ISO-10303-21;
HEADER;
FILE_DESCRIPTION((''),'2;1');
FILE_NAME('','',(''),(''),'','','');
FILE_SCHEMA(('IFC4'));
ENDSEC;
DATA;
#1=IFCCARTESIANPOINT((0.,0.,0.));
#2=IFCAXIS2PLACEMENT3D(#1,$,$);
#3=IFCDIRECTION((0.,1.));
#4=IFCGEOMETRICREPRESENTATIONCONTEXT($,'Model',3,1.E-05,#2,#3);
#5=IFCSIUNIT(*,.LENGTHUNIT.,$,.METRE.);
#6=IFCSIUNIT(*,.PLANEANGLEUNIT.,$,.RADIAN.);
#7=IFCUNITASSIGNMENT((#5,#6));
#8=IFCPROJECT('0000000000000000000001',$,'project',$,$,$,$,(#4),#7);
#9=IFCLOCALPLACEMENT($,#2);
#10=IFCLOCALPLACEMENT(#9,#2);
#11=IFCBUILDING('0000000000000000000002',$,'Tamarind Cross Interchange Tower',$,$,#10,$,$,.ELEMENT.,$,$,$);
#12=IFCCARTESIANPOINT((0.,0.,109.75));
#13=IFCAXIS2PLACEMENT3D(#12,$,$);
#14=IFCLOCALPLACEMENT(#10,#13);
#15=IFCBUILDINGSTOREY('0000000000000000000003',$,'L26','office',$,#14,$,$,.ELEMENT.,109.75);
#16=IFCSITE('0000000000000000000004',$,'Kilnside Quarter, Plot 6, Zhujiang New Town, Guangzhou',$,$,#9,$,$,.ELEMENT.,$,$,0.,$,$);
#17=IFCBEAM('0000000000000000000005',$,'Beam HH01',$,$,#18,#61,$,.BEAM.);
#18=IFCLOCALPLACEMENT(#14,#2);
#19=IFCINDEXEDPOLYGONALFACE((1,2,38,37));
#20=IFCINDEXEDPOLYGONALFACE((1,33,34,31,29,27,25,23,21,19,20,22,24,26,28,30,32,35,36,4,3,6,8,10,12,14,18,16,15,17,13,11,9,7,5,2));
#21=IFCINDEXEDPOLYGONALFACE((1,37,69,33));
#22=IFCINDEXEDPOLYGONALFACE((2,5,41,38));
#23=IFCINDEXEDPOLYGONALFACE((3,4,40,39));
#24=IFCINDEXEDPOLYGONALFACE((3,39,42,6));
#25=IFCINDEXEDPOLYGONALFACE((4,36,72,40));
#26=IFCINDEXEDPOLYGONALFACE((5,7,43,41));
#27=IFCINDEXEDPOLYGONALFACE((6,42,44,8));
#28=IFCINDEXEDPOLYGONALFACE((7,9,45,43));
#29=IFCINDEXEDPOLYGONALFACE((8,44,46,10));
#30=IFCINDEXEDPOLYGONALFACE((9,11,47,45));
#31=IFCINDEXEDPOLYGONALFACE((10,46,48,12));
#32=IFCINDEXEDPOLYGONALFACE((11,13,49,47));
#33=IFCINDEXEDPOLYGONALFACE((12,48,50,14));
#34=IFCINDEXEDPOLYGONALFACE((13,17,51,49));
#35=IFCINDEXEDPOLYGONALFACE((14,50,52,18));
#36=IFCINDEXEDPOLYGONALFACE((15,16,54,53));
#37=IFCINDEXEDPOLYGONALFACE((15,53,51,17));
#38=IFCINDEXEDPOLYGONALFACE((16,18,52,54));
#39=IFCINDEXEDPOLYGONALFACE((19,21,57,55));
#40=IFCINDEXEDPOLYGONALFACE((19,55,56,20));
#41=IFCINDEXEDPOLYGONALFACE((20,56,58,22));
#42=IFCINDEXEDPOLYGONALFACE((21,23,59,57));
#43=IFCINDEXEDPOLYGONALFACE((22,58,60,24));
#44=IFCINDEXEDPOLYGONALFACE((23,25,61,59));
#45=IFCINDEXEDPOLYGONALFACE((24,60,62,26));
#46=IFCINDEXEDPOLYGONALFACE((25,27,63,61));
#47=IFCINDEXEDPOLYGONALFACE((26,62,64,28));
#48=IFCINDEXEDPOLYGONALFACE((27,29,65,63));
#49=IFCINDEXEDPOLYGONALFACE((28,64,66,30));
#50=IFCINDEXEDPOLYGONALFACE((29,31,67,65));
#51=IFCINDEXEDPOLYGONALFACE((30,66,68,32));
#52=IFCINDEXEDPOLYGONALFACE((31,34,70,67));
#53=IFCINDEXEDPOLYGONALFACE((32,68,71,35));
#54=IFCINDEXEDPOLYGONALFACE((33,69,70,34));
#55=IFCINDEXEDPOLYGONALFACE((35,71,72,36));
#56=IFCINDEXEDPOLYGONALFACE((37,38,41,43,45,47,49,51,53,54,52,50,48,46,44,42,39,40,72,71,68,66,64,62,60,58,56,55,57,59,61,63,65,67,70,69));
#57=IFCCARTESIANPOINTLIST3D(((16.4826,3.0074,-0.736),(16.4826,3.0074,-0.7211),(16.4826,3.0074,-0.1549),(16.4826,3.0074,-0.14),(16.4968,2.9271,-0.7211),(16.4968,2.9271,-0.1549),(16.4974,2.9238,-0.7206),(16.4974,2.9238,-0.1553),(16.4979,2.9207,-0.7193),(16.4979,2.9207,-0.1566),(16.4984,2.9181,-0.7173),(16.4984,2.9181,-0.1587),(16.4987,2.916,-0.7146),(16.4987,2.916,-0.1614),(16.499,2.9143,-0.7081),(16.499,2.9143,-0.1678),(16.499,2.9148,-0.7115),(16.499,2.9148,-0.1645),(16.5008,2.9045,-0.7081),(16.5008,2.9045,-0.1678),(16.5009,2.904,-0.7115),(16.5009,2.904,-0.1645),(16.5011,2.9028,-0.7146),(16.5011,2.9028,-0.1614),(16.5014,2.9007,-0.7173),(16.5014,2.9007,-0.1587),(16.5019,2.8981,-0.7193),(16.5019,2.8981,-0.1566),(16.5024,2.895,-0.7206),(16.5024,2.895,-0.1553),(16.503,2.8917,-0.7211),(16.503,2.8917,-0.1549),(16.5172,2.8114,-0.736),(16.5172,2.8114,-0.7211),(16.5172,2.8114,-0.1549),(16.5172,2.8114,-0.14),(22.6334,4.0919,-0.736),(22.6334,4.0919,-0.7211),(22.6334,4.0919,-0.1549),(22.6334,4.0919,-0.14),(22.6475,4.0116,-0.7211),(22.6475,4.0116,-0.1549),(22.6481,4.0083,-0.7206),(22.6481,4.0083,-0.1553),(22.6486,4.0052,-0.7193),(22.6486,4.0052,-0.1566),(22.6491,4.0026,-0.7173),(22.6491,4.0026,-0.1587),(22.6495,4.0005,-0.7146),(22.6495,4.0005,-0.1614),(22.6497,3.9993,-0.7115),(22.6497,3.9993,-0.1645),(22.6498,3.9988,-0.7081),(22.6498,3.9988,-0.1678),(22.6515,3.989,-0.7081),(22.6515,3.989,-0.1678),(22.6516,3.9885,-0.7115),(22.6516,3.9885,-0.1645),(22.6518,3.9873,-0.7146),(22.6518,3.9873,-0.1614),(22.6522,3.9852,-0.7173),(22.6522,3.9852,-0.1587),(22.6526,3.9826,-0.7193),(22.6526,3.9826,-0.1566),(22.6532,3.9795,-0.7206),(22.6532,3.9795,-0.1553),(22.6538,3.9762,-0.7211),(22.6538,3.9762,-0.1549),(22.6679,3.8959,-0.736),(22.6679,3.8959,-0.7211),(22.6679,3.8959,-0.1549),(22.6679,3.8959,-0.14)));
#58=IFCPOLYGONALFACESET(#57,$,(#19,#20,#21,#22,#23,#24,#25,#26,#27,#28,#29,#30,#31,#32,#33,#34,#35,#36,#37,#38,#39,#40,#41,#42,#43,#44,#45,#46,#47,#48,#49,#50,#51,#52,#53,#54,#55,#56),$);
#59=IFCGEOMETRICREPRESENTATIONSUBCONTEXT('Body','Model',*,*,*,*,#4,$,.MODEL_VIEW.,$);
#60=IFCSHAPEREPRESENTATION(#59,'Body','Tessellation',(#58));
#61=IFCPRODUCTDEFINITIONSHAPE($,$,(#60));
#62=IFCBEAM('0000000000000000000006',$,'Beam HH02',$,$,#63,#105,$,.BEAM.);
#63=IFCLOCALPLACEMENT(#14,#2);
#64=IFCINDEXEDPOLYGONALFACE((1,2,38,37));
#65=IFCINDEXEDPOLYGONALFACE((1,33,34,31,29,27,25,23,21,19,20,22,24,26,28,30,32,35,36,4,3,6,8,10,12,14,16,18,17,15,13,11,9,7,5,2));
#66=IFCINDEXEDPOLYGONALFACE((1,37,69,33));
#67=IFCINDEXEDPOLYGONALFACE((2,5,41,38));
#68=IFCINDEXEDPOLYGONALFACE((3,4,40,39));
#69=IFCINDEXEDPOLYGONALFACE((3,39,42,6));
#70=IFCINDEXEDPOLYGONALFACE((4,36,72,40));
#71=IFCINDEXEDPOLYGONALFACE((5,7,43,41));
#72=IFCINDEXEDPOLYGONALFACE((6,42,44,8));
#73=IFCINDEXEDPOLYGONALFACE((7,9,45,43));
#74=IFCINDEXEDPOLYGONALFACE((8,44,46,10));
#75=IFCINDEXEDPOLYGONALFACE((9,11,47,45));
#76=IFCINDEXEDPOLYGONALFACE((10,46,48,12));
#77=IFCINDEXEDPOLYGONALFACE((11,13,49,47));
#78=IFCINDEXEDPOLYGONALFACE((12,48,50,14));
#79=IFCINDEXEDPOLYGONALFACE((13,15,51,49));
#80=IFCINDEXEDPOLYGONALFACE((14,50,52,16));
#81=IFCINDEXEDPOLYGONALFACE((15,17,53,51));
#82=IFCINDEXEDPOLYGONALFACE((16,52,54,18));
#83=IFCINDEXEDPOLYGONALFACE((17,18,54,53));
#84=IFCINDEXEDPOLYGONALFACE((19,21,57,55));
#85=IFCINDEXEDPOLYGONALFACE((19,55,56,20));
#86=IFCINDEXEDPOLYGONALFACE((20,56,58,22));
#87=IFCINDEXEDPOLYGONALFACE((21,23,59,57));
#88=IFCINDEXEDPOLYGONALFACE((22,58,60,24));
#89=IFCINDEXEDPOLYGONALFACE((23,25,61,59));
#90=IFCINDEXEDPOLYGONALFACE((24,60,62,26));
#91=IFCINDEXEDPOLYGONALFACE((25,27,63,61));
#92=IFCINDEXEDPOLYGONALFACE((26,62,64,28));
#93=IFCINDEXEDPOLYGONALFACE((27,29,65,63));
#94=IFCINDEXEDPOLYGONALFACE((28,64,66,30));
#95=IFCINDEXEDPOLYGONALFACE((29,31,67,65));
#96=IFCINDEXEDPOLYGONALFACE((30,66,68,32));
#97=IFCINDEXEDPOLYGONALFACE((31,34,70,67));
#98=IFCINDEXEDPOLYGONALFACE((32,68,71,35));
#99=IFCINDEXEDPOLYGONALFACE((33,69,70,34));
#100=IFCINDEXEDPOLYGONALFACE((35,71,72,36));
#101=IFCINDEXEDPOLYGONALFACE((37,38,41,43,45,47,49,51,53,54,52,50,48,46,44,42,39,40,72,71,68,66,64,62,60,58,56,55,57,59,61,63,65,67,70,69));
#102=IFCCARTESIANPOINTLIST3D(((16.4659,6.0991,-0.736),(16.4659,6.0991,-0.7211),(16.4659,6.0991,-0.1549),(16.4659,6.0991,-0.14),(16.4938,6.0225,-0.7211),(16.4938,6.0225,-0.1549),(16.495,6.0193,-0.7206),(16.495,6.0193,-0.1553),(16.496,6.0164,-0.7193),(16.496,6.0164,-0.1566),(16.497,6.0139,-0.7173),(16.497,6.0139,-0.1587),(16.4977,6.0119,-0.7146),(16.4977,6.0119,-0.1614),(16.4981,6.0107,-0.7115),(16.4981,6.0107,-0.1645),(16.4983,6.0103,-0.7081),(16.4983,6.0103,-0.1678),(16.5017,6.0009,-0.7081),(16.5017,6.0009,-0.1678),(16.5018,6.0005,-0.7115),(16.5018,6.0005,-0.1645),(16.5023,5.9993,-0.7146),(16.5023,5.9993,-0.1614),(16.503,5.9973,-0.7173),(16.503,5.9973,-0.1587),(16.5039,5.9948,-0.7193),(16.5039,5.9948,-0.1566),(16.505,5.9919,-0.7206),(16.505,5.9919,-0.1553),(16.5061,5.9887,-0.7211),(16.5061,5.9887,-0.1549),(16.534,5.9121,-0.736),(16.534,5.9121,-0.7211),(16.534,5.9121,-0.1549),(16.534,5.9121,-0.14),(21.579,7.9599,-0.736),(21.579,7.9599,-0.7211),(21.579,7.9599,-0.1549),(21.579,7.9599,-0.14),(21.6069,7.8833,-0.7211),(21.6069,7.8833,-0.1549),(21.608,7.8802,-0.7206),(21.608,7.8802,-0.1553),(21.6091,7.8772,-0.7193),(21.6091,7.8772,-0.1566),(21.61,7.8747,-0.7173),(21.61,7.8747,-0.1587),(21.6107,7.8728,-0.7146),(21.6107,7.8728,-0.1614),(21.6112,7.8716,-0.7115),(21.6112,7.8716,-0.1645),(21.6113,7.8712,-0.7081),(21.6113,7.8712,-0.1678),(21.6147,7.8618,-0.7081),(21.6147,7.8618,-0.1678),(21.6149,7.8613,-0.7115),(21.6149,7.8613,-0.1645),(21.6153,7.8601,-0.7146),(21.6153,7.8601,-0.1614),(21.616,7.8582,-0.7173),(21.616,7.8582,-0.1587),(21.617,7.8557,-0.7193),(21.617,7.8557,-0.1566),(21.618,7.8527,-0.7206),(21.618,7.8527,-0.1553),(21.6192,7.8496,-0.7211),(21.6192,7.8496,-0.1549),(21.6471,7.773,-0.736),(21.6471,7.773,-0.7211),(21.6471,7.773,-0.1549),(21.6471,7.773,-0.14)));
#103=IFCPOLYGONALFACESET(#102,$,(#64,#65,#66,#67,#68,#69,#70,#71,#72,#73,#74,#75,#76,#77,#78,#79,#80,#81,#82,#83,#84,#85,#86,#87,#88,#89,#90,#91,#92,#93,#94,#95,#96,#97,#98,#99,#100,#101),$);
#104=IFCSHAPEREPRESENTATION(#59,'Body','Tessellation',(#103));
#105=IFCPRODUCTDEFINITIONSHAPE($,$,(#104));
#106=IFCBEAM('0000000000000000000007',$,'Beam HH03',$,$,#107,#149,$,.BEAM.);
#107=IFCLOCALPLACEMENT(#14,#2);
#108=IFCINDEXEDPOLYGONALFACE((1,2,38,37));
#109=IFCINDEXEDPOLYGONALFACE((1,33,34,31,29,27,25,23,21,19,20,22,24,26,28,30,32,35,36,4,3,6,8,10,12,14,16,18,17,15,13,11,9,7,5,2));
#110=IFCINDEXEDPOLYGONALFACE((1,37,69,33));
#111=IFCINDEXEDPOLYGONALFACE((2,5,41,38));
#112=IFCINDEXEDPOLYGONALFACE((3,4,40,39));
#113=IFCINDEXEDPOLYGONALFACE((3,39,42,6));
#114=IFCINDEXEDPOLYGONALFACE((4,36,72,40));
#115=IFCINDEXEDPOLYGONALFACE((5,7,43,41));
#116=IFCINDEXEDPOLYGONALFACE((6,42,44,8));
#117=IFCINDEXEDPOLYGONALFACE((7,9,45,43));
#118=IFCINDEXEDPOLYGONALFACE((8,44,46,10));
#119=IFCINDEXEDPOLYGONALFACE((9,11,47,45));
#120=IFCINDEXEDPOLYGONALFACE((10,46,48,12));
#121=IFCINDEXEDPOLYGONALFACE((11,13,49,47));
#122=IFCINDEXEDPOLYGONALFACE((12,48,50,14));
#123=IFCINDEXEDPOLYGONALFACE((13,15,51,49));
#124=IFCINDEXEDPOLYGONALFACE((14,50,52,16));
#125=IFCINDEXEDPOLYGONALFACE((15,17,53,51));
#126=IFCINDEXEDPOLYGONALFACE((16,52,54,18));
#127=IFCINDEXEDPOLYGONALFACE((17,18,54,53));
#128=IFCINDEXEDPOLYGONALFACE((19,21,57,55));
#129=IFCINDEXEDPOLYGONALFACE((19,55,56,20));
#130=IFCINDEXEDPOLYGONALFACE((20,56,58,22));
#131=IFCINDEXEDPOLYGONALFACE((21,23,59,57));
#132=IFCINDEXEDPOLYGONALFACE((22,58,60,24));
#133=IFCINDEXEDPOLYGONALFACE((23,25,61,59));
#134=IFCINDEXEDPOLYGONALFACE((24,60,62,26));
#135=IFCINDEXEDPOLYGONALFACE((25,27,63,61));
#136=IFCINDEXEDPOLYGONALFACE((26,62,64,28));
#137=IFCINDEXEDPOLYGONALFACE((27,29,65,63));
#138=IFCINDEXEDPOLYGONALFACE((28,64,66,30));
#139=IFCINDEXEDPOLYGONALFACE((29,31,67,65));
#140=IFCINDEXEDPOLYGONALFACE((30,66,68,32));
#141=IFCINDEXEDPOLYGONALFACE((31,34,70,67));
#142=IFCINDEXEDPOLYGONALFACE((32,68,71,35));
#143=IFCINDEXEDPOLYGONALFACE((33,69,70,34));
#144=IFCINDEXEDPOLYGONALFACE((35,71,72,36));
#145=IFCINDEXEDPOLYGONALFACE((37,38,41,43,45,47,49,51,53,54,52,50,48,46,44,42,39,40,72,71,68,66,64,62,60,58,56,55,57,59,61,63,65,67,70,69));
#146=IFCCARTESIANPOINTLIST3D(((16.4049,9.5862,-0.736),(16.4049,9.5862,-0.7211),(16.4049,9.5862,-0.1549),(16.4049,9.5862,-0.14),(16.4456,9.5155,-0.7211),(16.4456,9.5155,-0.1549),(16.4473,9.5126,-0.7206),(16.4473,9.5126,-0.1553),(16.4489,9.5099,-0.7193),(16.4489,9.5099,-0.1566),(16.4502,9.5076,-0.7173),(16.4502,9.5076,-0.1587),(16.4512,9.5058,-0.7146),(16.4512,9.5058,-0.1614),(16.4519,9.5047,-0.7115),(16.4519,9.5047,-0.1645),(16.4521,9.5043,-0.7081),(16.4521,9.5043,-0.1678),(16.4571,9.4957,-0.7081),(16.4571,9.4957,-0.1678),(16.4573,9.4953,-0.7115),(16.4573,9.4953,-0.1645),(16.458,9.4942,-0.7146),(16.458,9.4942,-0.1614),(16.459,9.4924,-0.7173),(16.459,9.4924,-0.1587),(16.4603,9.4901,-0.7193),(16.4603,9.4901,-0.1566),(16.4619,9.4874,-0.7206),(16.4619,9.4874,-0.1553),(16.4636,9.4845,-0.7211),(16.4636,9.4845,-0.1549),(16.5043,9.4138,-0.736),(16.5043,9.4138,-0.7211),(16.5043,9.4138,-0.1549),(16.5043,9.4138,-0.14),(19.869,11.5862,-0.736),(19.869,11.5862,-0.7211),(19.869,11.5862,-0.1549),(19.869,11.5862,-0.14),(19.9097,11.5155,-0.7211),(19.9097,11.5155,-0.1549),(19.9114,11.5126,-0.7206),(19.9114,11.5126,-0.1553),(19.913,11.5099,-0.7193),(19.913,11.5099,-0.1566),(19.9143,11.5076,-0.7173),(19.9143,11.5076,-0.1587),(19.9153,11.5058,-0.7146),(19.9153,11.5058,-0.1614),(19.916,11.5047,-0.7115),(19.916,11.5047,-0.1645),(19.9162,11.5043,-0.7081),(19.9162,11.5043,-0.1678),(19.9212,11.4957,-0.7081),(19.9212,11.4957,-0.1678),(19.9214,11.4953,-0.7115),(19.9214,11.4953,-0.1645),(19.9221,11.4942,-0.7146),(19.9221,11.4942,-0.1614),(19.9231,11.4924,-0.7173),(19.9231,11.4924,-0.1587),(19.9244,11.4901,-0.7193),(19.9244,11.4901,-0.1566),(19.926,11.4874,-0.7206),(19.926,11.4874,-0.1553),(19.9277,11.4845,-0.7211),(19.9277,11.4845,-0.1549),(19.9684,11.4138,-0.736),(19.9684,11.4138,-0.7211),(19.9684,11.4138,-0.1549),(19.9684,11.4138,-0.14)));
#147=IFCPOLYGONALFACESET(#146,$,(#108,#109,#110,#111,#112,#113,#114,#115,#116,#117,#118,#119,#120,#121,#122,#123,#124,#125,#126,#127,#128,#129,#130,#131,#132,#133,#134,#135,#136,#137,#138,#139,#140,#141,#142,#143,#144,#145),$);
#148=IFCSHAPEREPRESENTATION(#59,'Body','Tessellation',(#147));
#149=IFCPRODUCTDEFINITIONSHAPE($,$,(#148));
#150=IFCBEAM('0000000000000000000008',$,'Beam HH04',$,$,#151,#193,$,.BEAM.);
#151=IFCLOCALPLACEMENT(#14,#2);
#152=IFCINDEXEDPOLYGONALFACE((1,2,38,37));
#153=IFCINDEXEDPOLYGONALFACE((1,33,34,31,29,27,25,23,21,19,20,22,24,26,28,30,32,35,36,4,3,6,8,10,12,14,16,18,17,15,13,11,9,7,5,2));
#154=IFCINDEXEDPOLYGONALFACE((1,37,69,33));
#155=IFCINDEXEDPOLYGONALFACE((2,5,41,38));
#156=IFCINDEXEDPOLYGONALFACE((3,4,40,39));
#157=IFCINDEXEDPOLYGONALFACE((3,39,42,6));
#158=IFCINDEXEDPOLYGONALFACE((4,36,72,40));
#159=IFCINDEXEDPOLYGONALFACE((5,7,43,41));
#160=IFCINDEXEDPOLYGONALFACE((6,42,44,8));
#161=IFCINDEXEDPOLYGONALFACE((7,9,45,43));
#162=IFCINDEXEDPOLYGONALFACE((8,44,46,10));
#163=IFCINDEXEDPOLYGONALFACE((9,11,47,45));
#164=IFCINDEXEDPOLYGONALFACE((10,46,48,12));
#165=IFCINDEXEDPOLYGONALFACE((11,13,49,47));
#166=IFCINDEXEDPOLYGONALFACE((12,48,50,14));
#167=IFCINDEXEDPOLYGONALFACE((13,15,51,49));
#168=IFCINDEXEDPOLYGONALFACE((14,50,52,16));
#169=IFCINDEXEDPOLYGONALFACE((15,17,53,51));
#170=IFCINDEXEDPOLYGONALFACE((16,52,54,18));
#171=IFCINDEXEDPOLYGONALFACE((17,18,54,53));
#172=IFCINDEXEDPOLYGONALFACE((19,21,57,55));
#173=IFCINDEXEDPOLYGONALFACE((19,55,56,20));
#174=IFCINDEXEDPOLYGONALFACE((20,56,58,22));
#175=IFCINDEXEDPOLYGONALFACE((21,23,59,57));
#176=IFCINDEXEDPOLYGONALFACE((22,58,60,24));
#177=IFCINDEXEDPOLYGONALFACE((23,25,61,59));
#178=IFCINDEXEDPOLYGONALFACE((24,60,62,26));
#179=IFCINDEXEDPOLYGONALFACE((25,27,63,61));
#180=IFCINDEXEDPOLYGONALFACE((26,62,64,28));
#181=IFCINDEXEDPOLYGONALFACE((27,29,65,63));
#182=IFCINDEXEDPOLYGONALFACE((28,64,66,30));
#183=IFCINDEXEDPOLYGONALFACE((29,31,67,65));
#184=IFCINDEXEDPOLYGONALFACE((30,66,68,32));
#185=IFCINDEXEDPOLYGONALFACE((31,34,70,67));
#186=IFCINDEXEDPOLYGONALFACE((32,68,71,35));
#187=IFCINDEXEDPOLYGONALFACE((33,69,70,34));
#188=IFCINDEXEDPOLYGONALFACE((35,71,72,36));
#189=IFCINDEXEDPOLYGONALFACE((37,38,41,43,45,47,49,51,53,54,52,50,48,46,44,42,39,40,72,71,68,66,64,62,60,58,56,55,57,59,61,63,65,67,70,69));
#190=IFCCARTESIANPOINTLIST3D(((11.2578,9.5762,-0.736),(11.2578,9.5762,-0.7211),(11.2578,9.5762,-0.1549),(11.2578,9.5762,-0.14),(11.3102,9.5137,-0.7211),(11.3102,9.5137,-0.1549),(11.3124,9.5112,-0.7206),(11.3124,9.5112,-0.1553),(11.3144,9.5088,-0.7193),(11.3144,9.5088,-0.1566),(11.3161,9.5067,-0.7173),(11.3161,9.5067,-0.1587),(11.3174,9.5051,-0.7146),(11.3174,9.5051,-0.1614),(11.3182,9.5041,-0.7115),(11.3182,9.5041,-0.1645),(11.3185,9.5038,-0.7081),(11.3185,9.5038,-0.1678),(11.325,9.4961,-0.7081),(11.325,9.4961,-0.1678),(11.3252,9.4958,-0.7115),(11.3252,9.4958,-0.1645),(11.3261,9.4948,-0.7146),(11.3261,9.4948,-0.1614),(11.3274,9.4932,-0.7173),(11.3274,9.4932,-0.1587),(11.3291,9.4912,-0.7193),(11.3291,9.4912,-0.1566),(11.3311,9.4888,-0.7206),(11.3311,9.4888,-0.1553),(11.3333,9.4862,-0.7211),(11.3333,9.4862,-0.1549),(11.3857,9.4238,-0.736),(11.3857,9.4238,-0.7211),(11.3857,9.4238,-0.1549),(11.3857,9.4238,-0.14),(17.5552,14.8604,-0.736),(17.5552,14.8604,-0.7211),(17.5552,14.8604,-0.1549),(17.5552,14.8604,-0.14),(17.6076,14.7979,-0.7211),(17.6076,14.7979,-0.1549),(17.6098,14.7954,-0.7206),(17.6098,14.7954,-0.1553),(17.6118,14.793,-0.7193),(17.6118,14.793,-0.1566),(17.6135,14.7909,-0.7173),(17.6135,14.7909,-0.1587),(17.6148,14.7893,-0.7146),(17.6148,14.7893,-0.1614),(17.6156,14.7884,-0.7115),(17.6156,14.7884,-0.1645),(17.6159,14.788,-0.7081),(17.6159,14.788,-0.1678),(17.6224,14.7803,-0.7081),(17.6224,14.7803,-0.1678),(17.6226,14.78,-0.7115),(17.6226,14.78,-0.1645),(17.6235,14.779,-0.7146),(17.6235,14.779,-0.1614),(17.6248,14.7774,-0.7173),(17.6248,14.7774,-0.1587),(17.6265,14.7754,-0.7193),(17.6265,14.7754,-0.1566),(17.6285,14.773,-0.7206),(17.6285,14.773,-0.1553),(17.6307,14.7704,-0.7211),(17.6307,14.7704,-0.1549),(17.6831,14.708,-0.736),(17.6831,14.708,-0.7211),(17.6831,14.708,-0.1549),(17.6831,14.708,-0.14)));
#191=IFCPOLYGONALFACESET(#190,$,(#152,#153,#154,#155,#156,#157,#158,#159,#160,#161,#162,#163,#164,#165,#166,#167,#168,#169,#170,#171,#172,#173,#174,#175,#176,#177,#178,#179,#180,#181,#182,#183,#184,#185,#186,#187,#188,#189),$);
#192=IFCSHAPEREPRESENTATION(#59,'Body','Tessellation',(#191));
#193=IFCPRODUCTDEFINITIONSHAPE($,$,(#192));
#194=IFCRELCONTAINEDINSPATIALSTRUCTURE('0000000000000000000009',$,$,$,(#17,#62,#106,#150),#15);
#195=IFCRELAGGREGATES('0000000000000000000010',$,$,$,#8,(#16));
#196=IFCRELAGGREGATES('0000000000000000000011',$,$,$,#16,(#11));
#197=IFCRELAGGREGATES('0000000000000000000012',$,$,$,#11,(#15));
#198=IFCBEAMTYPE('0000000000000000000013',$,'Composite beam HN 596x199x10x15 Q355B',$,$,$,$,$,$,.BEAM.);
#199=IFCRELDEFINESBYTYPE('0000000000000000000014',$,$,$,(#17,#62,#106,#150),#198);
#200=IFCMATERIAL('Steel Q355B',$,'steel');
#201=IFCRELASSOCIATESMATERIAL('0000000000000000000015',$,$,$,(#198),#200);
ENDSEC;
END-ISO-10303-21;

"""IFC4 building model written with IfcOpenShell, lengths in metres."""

from ifc_helpers import new_model, si_unit, direction, frame, origin, origin_2d, place, context, subcontext, project, spatial, i_section, extrude, material, material_profile, profile_set, type_object, element, save


model = new_model("IFC4")

# Units and contexts
model_context = context("Model", 3, precision=1e-05, world=origin(), true_north=direction((0.0, 1.0)))
body_context = subcontext(model_context, "Body", "Model", "MODEL_VIEW")
ifc_project = project(units=[si_unit("LENGTHUNIT", "METRE"), si_unit("PLANEANGLEUNIT", "RADIAN")], contexts=[model_context])

# Site, building, storey
site_placement = place(None, origin())
site = spatial("IfcSite", under=ifc_project, at=site_placement, Name="Kilnside Quarter, Plot 6, Zhujiang New Town, Guangzhou", CompositionType="ELEMENT", RefElevation=0.0)
building_placement = place(site_placement, origin())
building = spatial("IfcBuilding", under=site, at=building_placement, Name="Tamarind Cross Interchange Tower", CompositionType="ELEMENT")
storey_placement = place(building_placement, frame((0.0, 0.0, 109.75)))
storey = spatial("IfcBuildingStorey", under=building, at=storey_placement, Name="L26", Description="office", CompositionType="ELEMENT", Elevation=109.75)

# Beams
ifc_material_1 = material(Name="Steel Q355B", Category="steel")
ifc_material_profile_1 = material_profile(ifc_material_1, i_section(OverallWidth=0.199, OverallDepth=0.5959, WebThickness=0.01, FlangeThickness=0.0149, FilletRadius=0.0129, at=origin_2d()), Name="HN 596x199x10x15")
ifc_profile_set_1 = profile_set([ifc_material_profile_1], Name="Steel Q355B")
beam_type = type_object("IfcBeamType", Name="Composite beam HN 596x199x10x15 Q355B", PredefinedType="BEAM", material=ifc_profile_set_1)
beam_1_placement = place(storey_placement, frame((22.6506, 3.9939, -0.438), z_axis=(-0.984809, -0.17364, 0.0), x_axis=(0.17364, -0.984809, 0.0)))
element("IfcBeam", 1, at=beam_1_placement, inside=storey, type_object=beam_type, Name="Beam HH01", PredefinedType="BEAM", context=body_context, shape_type="SweptSolid", body=[
    extrude(i_section(OverallWidth=0.199, OverallDepth=0.5959, WebThickness=0.01, FlangeThickness=0.0149, FilletRadius=0.0129, at=origin_2d()), origin(), (0.0, 0.0, 1.0), 6.2456),
])
beam_2_placement = place(storey_placement, frame((21.613, 7.8665, -0.438), z_axis=(-0.939702, -0.341995, 0.0), x_axis=(0.341995, -0.939702, 0.0)))
element("IfcBeam", 2, at=beam_2_placement, inside=storey, type_object=beam_type, Name="Beam HH02", PredefinedType="BEAM", context=body_context, shape_type="SweptSolid", body=[
    extrude(i_section(OverallWidth=0.199, OverallDepth=0.5959, WebThickness=0.01, FlangeThickness=0.0149, FilletRadius=0.0129, at=origin_2d()), origin(), (0.0, 0.0, 1.0), 5.4412),
])
beam_3_placement = place(storey_placement, frame((19.9187, 11.5, -0.438), z_axis=(-0.866026, -0.499999, 0.0), x_axis=(0.499999, -0.866026, 0.0)))
element("IfcBeam", 3, at=beam_3_placement, inside=storey, type_object=beam_type, Name="Beam HH03", PredefinedType="BEAM", context=body_context, shape_type="SweptSolid", body=[
    extrude(i_section(OverallWidth=0.199, OverallDepth=0.5959, WebThickness=0.01, FlangeThickness=0.0149, FilletRadius=0.0129, at=origin_2d()), origin(), (0.0, 0.0, 1.0), 4.0),
])
beam_4_placement = place(storey_placement, frame((17.6191, 14.7842, -0.438), z_axis=(-0.766041, -0.642792, 0.0), x_axis=(0.642792, -0.766041, 0.0)))
element("IfcBeam", 4, at=beam_4_placement, inside=storey, type_object=beam_type, Name="Beam HH04", PredefinedType="BEAM", context=body_context, shape_type="SweptSolid", body=[
    extrude(i_section(OverallWidth=0.199, OverallDepth=0.5959, WebThickness=0.01, FlangeThickness=0.0149, FilletRadius=0.0129, at=origin_2d()), origin(), (0.0, 0.0, 1.0), 8.2207),
])

save(model, "model.ifc")
